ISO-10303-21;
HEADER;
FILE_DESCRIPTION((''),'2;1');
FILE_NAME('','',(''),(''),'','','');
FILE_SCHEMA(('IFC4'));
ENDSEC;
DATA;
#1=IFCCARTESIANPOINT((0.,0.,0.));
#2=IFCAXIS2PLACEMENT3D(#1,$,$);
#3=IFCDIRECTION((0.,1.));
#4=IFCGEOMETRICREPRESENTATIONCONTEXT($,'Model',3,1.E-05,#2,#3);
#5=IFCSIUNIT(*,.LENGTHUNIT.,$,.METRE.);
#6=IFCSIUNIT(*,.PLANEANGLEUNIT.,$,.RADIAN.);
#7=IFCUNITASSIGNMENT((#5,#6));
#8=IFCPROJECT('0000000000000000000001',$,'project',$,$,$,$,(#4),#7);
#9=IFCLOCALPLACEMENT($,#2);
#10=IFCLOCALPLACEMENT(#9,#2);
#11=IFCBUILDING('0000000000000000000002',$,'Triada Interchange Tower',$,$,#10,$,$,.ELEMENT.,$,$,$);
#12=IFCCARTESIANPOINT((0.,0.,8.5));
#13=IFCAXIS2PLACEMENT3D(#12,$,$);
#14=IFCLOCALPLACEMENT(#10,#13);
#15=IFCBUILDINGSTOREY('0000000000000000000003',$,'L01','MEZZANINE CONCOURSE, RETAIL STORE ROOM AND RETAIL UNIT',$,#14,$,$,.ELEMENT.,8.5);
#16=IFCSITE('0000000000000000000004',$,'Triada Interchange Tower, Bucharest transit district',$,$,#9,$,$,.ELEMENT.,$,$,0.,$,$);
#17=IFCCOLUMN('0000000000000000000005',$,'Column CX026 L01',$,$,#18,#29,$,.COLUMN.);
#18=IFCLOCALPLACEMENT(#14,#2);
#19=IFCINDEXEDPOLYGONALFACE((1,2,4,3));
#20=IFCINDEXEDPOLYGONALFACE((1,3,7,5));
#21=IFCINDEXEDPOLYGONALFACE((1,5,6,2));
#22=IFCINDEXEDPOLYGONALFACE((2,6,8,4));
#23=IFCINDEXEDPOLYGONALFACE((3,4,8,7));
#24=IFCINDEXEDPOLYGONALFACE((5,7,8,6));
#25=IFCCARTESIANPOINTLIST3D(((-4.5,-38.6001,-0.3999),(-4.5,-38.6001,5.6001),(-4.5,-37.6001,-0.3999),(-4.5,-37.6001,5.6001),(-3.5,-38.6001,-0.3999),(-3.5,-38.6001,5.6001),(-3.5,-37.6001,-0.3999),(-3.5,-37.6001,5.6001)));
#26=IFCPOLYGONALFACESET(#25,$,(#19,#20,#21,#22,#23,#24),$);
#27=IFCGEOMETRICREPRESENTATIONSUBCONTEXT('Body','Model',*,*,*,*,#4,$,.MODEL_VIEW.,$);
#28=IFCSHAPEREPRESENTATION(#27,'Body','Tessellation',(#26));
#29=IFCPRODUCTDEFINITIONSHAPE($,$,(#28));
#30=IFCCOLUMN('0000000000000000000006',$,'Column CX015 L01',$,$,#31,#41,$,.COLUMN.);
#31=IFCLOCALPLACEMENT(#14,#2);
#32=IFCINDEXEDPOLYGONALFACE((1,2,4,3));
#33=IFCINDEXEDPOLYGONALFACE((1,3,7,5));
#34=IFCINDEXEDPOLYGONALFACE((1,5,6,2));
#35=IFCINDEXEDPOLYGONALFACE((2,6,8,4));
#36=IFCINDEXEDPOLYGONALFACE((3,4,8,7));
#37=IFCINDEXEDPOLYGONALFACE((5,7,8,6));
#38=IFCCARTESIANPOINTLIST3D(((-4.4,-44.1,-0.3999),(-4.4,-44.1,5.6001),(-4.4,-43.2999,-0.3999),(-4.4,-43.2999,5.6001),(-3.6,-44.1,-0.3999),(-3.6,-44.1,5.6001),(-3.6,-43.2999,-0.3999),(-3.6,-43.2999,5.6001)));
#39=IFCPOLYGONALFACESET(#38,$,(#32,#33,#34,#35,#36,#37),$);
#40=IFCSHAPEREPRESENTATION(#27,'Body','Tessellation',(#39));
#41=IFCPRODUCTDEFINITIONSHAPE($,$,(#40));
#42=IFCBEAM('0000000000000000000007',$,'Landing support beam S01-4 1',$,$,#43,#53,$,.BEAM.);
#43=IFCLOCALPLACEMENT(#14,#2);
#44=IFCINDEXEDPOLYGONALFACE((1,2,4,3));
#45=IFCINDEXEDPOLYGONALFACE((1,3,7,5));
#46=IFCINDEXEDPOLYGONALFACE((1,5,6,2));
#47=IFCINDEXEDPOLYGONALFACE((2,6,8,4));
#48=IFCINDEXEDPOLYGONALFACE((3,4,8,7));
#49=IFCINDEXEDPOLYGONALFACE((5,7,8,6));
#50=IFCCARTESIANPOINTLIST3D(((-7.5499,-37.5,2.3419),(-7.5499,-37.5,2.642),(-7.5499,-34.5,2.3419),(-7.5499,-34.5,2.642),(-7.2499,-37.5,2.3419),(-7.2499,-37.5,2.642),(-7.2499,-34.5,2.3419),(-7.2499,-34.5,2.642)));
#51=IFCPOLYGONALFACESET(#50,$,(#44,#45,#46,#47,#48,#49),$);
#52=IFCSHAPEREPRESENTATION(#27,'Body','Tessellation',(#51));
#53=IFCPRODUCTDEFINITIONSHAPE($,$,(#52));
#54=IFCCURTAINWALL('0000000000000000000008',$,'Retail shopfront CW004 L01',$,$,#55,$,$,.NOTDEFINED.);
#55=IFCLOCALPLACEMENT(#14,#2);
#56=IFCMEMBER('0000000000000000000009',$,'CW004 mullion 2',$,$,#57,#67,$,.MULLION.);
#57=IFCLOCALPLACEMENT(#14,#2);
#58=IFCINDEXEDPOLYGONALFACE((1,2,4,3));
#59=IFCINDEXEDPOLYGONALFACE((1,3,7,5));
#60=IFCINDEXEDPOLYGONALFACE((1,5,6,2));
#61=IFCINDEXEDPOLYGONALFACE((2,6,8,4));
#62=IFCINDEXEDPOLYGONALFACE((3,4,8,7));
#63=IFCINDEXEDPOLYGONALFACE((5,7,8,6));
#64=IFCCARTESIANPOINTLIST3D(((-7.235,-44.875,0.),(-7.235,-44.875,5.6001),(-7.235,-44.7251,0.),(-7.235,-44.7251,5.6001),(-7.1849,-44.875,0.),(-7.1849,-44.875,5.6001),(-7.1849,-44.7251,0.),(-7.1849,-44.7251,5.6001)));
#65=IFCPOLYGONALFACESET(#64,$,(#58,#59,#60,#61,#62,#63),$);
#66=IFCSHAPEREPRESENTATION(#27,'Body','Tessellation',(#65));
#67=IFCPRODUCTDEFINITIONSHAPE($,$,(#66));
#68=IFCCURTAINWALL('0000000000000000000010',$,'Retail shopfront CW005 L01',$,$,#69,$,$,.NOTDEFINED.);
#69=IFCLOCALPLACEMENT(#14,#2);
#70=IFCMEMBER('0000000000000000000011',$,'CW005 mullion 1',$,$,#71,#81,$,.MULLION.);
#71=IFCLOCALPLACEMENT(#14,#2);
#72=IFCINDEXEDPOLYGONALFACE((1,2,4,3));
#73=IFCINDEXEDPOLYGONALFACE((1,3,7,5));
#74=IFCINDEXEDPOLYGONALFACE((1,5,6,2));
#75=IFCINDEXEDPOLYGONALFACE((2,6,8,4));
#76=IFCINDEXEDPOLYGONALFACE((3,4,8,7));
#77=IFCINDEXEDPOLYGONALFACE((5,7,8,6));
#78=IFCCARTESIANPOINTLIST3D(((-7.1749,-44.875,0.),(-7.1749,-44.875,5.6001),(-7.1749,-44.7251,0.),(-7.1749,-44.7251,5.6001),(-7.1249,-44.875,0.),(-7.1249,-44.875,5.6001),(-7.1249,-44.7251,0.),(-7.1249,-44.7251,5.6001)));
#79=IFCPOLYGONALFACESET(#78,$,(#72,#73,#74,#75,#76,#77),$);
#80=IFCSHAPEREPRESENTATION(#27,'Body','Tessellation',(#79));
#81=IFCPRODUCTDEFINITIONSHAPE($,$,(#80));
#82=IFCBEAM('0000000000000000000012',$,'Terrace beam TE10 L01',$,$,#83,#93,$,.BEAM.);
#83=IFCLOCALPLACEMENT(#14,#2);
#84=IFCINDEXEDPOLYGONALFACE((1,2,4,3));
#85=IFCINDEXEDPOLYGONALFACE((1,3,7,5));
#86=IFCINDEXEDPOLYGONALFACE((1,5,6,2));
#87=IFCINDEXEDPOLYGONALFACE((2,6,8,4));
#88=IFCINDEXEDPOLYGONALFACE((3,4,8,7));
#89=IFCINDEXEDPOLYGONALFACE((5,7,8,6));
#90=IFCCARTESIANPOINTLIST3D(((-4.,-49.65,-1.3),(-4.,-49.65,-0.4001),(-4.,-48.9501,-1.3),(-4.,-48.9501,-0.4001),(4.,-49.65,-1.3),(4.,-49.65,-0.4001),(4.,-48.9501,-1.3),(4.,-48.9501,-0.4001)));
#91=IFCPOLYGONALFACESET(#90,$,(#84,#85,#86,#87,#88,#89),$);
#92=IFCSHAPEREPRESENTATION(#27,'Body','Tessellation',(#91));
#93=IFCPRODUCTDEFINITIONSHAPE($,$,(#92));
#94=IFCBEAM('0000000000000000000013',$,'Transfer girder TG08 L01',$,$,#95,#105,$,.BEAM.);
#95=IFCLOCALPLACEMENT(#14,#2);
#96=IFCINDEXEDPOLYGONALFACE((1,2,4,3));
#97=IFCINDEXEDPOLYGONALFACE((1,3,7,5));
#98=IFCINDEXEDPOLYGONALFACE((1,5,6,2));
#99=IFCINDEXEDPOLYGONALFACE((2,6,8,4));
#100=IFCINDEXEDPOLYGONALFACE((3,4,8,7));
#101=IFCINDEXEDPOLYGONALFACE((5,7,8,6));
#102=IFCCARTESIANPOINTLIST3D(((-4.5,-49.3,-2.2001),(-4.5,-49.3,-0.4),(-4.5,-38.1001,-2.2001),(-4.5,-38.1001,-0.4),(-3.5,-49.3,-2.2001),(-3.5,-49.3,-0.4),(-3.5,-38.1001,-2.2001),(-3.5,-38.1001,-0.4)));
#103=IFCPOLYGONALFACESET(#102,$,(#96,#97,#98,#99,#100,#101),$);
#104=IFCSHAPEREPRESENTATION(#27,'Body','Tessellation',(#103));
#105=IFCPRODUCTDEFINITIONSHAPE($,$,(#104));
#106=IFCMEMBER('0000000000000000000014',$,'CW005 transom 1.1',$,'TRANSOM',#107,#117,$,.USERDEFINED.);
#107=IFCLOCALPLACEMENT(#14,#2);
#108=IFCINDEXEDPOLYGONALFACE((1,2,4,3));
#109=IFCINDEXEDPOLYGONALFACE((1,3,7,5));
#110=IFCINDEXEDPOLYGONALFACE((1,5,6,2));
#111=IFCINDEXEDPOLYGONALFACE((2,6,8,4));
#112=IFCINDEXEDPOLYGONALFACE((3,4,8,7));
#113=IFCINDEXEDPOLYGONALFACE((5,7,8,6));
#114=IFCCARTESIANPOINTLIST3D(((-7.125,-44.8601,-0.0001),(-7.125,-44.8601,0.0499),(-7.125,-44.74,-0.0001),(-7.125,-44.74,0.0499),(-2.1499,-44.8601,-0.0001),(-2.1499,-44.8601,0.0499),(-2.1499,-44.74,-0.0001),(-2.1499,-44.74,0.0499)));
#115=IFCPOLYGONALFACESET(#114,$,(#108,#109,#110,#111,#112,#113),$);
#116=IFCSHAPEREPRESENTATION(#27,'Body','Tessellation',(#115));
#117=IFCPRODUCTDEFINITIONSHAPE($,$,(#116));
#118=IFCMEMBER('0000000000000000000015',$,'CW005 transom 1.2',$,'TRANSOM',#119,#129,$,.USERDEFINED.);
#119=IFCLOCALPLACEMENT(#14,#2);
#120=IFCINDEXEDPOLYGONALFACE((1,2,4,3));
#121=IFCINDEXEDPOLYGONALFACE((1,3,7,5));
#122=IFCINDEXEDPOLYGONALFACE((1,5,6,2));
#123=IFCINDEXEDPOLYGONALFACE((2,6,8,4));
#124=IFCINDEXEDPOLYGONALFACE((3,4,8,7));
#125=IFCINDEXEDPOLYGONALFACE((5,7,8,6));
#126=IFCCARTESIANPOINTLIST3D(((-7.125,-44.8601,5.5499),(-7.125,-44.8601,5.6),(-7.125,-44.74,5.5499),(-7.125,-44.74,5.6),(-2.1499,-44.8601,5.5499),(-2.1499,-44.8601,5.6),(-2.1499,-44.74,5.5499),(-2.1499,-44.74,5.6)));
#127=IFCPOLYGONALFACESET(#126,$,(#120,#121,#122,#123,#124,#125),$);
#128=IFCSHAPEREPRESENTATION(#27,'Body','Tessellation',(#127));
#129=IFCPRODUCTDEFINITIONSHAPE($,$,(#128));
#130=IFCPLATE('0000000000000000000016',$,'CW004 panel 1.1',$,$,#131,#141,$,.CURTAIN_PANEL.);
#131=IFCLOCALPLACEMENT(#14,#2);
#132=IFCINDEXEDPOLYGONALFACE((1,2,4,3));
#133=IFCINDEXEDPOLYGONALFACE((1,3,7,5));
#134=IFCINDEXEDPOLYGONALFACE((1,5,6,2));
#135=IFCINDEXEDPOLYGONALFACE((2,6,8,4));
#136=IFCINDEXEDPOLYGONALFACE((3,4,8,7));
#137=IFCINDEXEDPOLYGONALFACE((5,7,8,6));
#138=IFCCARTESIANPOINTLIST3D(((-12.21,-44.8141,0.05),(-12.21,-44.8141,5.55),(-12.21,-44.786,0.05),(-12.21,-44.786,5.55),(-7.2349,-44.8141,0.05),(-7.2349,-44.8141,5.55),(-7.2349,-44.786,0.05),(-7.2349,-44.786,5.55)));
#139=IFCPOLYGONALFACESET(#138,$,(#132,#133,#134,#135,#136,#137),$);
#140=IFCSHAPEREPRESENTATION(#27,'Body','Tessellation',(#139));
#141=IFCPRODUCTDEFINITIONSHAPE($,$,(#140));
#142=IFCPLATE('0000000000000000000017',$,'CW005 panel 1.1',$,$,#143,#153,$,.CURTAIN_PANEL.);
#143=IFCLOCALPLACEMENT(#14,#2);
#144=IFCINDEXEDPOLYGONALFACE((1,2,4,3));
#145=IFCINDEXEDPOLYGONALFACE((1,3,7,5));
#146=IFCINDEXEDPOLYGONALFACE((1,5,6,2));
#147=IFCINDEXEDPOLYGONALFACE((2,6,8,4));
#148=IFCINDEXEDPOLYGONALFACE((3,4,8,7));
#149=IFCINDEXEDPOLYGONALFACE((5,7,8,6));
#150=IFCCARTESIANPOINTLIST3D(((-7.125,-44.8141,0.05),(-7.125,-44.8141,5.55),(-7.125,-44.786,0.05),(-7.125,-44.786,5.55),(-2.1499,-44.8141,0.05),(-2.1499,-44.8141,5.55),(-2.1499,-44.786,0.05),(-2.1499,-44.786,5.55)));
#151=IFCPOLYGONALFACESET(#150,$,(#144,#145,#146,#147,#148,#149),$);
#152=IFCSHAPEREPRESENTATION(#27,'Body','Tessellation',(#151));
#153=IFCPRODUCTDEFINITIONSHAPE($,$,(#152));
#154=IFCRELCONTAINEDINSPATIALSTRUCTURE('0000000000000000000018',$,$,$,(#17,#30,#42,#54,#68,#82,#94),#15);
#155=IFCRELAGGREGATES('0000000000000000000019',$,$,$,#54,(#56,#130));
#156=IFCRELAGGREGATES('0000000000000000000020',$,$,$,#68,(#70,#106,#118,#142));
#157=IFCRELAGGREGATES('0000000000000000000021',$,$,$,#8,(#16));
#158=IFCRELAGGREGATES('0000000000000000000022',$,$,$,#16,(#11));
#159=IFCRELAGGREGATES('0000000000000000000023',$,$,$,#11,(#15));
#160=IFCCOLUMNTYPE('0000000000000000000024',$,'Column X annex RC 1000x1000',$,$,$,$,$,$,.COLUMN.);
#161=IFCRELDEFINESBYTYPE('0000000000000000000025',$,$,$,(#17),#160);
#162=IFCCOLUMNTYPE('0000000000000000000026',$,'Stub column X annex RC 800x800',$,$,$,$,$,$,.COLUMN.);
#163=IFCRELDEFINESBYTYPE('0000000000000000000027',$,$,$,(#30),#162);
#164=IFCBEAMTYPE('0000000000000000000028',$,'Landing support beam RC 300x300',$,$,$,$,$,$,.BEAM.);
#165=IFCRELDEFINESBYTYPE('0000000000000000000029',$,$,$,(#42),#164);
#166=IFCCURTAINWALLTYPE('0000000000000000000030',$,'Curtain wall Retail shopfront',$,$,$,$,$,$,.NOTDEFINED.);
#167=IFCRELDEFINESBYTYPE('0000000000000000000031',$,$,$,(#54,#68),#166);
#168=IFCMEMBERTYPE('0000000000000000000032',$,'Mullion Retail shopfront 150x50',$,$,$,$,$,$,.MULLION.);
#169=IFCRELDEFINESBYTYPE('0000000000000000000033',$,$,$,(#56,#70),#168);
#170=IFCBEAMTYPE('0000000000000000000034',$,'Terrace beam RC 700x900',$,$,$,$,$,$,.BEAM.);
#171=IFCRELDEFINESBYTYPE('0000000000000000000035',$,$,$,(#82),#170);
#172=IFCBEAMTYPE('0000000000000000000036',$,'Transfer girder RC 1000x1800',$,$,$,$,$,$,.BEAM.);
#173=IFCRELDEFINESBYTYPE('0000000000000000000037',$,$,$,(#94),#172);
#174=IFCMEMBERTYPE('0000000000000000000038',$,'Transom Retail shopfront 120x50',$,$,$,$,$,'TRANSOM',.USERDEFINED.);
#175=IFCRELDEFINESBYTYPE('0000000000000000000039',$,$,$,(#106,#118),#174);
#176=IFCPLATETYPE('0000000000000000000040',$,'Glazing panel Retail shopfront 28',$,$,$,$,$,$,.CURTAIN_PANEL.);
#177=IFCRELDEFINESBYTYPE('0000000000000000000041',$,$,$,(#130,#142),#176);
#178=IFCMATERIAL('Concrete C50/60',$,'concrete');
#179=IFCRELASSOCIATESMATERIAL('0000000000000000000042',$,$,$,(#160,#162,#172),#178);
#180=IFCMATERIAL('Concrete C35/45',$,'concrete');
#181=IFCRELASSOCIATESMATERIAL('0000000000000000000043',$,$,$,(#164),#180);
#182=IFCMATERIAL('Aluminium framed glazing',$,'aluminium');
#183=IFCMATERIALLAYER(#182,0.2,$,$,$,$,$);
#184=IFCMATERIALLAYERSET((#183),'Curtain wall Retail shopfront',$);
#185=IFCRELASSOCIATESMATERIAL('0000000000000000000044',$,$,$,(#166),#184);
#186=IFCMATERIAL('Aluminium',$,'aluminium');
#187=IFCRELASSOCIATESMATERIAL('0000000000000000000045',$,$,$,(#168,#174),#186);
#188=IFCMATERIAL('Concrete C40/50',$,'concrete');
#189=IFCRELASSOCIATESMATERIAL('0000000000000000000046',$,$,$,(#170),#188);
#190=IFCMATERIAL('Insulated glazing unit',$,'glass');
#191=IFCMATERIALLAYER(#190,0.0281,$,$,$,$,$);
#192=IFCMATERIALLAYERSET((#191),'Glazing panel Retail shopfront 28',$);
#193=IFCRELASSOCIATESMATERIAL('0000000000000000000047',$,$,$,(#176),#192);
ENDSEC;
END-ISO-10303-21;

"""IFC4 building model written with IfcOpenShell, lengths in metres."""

from ifc_helpers import new_model, si_unit, direction, frame, origin, origin_2d, place, context, subcontext, project, spatial, rectangle, extrude, material, layer, layer_set, material_profile, profile_set, type_object, element, aggregate, save


model = new_model("IFC4")

# Units and contexts
model_context = context("Model", 3, precision=1e-05, world=origin(), true_north=direction((0.0, 1.0)))
body_context = subcontext(model_context, "Body", "Model", "MODEL_VIEW")
ifc_project = project(units=[si_unit("LENGTHUNIT", "METRE"), si_unit("PLANEANGLEUNIT", "RADIAN")], contexts=[model_context])

# Site, building, storey
site_placement = place(None, origin())
site = spatial("IfcSite", under=ifc_project, at=site_placement, Name="Triada Interchange Tower, Bucharest transit district", CompositionType="ELEMENT", RefElevation=0.0)
building_placement = place(site_placement, origin())
building = spatial("IfcBuilding", under=site, at=building_placement, Name="Triada Interchange Tower", CompositionType="ELEMENT")
storey_placement = place(building_placement, frame((0.0, 0.0, 8.5)))
storey = spatial("IfcBuildingStorey", under=building, at=storey_placement, Name="L01", Description="MEZZANINE CONCOURSE, RETAIL STORE ROOM AND RETAIL UNIT", CompositionType="ELEMENT", Elevation=8.5)

# Columns
ifc_material_1 = material(Name="Concrete C50/60", Category="concrete")
ifc_material_profile_1 = material_profile(ifc_material_1, rectangle(XDim=1.0, YDim=1.0, at=origin_2d()), Name="RC 1000x1000")
ifc_profile_set_1 = profile_set([ifc_material_profile_1], Name="Concrete C50/60")
column_type_1 = type_object("IfcColumnType", Name="Column X annex RC 1000x1000", PredefinedType="COLUMN", material=ifc_profile_set_1)
column_1_placement = place(storey_placement, frame((-4.0, -38.1001, -0.3999), z_axis=(0.0, 0.0, 1.0), x_axis=(1.0, 0.0, 0.0)))
element("IfcColumn", 1, at=column_1_placement, inside=storey, type_object=column_type_1, Name="Column CX026 L01", PredefinedType="COLUMN", context=body_context, shape_type="SweptSolid", body=[
    extrude(rectangle(XDim=1.0, YDim=1.0, at=origin_2d()), origin(), (0.0, 0.0, 1.0), 6.0),
])
ifc_material_profile_2 = material_profile(ifc_material_1, rectangle(XDim=0.8, YDim=0.8, at=origin_2d()), Name="RC 800x800")
ifc_profile_set_2 = profile_set([ifc_material_profile_2], Name="Concrete C50/60")
column_type_2 = type_object("IfcColumnType", Name="Stub column X annex RC 800x800", PredefinedType="COLUMN", material=ifc_profile_set_2)
column_2_placement = place(storey_placement, frame((-4.0, -43.7, -0.3999), z_axis=(0.0, 0.0, 1.0), x_axis=(1.0, 0.0, 0.0)))
element("IfcColumn", 2, at=column_2_placement, inside=storey, type_object=column_type_2, Name="Column CX015 L01", PredefinedType="COLUMN", context=body_context, shape_type="SweptSolid", body=[
    extrude(rectangle(XDim=0.8, YDim=0.8, at=origin_2d()), origin(), (0.0, 0.0, 1.0), 6.0),
])

# Beam
ifc_material_2 = material(Name="Concrete C35/45", Category="concrete")
ifc_material_profile_3 = material_profile(ifc_material_2, rectangle(XDim=0.3, YDim=0.3, at=origin_2d()), Name="RC 300x300")
ifc_profile_set_3 = profile_set([ifc_material_profile_3], Name="Concrete C35/45")
beam_type_1 = type_object("IfcBeamType", Name="Landing support beam RC 300x300", PredefinedType="BEAM", material=ifc_profile_set_3)
beam_1_placement = place(storey_placement, frame((-7.3999, -37.5, 2.4919), z_axis=(0.0, 1.0, 0.0), x_axis=(-1.0, 0.0, 0.0)))
element("IfcBeam", 3, at=beam_1_placement, inside=storey, type_object=beam_type_1, Name="Landing support beam S01-4 1", PredefinedType="BEAM", context=body_context, shape_type="SweptSolid", body=[
    extrude(rectangle(XDim=0.3, YDim=0.3, at=origin_2d()), origin(), (0.0, 0.0, 1.0), 3.0),
])

# Curtain walls, members
ifc_material_3 = material(Name="Aluminium framed glazing", Category="aluminium")
ifc_layer_1 = layer(ifc_material_3, 0.2)
ifc_layer_set_1 = layer_set([ifc_layer_1], Name="Curtain wall Retail shopfront")
curtain_wall_type = type_object("IfcCurtainWallType", Name="Curtain wall Retail shopfront", PredefinedType="NOTDEFINED", material=ifc_layer_set_1)
curtain_wall_1_placement = place(storey_placement, origin())
curtain_wall_1 = element("IfcCurtainWall", 4, at=curtain_wall_1_placement, inside=storey, type_object=curtain_wall_type, Name="Retail shopfront CW004 L01", PredefinedType="NOTDEFINED")
ifc_material_4 = material(Name="Aluminium", Category="aluminium")
ifc_material_profile_4 = material_profile(ifc_material_4, rectangle(XDim=0.1499, YDim=0.05, at=origin_2d()), Name="Aluminium mullion")
ifc_profile_set_4 = profile_set([ifc_material_profile_4], Name="Aluminium")
member_type_1 = type_object("IfcMemberType", Name="Mullion Retail shopfront 150x50", PredefinedType="MULLION", material=ifc_profile_set_4)
member_1_placement = place(storey_placement, frame((-7.21, -44.8, 0.0), z_axis=(0.0, 0.0, 1.0), x_axis=(0.0, 1.0, 0.0)))
member_1 = element("IfcMember", 5, at=member_1_placement, type_object=member_type_1, Name="CW004 mullion 2", PredefinedType="MULLION", context=body_context, shape_type="SweptSolid", body=[
    extrude(rectangle(XDim=0.1499, YDim=0.05, at=origin_2d()), origin(), (0.0, 0.0, 1.0), 5.6001),
])
curtain_wall_2_placement = place(storey_placement, origin())
curtain_wall_2 = element("IfcCurtainWall", 6, at=curtain_wall_2_placement, inside=storey, type_object=curtain_wall_type, Name="Retail shopfront CW005 L01", PredefinedType="NOTDEFINED")
member_2_placement = place(storey_placement, frame((-7.1499, -44.8, 0.0), z_axis=(0.0, 0.0, 1.0), x_axis=(0.0, 1.0, 0.0)))
member_2 = element("IfcMember", 7, at=member_2_placement, type_object=member_type_1, Name="CW005 mullion 1", PredefinedType="MULLION", context=body_context, shape_type="SweptSolid", body=[
    extrude(rectangle(XDim=0.1499, YDim=0.05, at=origin_2d()), origin(), (0.0, 0.0, 1.0), 5.6001),
])

# Beams
ifc_material_5 = material(Name="Concrete C40/50", Category="concrete")
ifc_material_profile_5 = material_profile(ifc_material_5, rectangle(XDim=0.7, YDim=0.8999, at=origin_2d()), Name="RC 700x900")
ifc_profile_set_5 = profile_set([ifc_material_profile_5], Name="Concrete C40/50")
beam_type_2 = type_object("IfcBeamType", Name="Terrace beam RC 700x900", PredefinedType="BEAM", material=ifc_profile_set_5)
beam_2_placement = place(storey_placement, frame((-4.0, -49.3, -0.8501), z_axis=(1.0, 0.0, 0.0), x_axis=(0.0, 1.0, 0.0)))
element("IfcBeam", 8, at=beam_2_placement, inside=storey, type_object=beam_type_2, Name="Terrace beam TE10 L01", PredefinedType="BEAM", context=body_context, shape_type="SweptSolid", body=[
    extrude(rectangle(XDim=0.7, YDim=0.8999, at=origin_2d()), origin(), (0.0, 0.0, 1.0), 8.0),
])
ifc_material_profile_6 = material_profile(ifc_material_1, rectangle(XDim=1.0, YDim=1.8, at=origin_2d()), Name="RC 1000x1800")
ifc_profile_set_6 = profile_set([ifc_material_profile_6], Name="Concrete C50/60")
beam_type_3 = type_object("IfcBeamType", Name="Transfer girder RC 1000x1800", PredefinedType="BEAM", material=ifc_profile_set_6)
beam_3_placement = place(storey_placement, frame((-4.0, -49.3, -1.3), z_axis=(0.0, 1.0, 0.0), x_axis=(-1.0, 0.0, 0.0)))
element("IfcBeam", 9, at=beam_3_placement, inside=storey, type_object=beam_type_3, Name="Transfer girder TG08 L01", PredefinedType="BEAM", context=body_context, shape_type="SweptSolid", body=[
    extrude(rectangle(XDim=1.0, YDim=1.8, at=origin_2d()), origin(), (0.0, 0.0, 1.0), 11.2),
])

# Members
ifc_material_profile_7 = material_profile(ifc_material_4, rectangle(XDim=0.1201, YDim=0.05, at=origin_2d()), Name="Aluminium transom")
ifc_profile_set_7 = profile_set([ifc_material_profile_7], Name="Aluminium")
member_type_2 = type_object("IfcMemberType", Name="Transom Retail shopfront 120x50", ElementType="TRANSOM", PredefinedType="USERDEFINED", material=ifc_profile_set_7)
member_3_placement = place(storey_placement, frame((-7.125, -44.8, 0.0249), z_axis=(1.0, 0.0, 0.0), x_axis=(0.0, 1.0, 0.0)))
member_3 = element("IfcMember", 10, at=member_3_placement, type_object=member_type_2, Name="CW005 transom 1.1", ObjectType="TRANSOM", PredefinedType="USERDEFINED", context=body_context, shape_type="SweptSolid", body=[
    extrude(rectangle(XDim=0.1201, YDim=0.05, at=origin_2d()), origin(), (0.0, 0.0, 1.0), 4.9751),
])
member_4_placement = place(storey_placement, frame((-7.125, -44.8, 5.575), z_axis=(1.0, 0.0, 0.0), x_axis=(0.0, 1.0, 0.0)))
member_4 = element("IfcMember", 11, at=member_4_placement, type_object=member_type_2, Name="CW005 transom 1.2", ObjectType="TRANSOM", PredefinedType="USERDEFINED", context=body_context, shape_type="SweptSolid", body=[
    extrude(rectangle(XDim=0.1201, YDim=0.05, at=origin_2d()), origin(), (0.0, 0.0, 1.0), 4.9751),
])

# Plates
ifc_material_6 = material(Name="Insulated glazing unit", Category="glass")
ifc_layer_2 = layer(ifc_material_6, 0.0281)
ifc_layer_set_2 = layer_set([ifc_layer_2], Name="Glazing panel Retail shopfront 28")
plate_type = type_object("IfcPlateType", Name="Glazing panel Retail shopfront 28", PredefinedType="CURTAIN_PANEL", material=ifc_layer_set_2)
plate_1_placement = place(storey_placement, frame((-9.7224, -44.8, 0.05), z_axis=(0.0, 0.0, 1.0), x_axis=(1.0, 0.0, 0.0)))
plate_1 = element("IfcPlate", 12, at=plate_1_placement, type_object=plate_type, Name="CW004 panel 1.1", PredefinedType="CURTAIN_PANEL", context=body_context, shape_type="SweptSolid", body=[
    extrude(rectangle(XDim=4.9751, YDim=0.0281, at=origin_2d()), origin(), (0.0, 0.0, 1.0), 5.5),
])
aggregate(curtain_wall_1, [member_1, plate_1])
plate_2_placement = place(storey_placement, frame((-4.6375, -44.8, 0.05), z_axis=(0.0, 0.0, 1.0), x_axis=(1.0, 0.0, 0.0)))
plate_2 = element("IfcPlate", 13, at=plate_2_placement, type_object=plate_type, Name="CW005 panel 1.1", PredefinedType="CURTAIN_PANEL", context=body_context, shape_type="SweptSolid", body=[
    extrude(rectangle(XDim=4.9751, YDim=0.0281, at=origin_2d()), origin(), (0.0, 0.0, 1.0), 5.5),
])
aggregate(curtain_wall_2, [member_2, member_3, member_4, plate_2])

save(model, "model.ifc")
